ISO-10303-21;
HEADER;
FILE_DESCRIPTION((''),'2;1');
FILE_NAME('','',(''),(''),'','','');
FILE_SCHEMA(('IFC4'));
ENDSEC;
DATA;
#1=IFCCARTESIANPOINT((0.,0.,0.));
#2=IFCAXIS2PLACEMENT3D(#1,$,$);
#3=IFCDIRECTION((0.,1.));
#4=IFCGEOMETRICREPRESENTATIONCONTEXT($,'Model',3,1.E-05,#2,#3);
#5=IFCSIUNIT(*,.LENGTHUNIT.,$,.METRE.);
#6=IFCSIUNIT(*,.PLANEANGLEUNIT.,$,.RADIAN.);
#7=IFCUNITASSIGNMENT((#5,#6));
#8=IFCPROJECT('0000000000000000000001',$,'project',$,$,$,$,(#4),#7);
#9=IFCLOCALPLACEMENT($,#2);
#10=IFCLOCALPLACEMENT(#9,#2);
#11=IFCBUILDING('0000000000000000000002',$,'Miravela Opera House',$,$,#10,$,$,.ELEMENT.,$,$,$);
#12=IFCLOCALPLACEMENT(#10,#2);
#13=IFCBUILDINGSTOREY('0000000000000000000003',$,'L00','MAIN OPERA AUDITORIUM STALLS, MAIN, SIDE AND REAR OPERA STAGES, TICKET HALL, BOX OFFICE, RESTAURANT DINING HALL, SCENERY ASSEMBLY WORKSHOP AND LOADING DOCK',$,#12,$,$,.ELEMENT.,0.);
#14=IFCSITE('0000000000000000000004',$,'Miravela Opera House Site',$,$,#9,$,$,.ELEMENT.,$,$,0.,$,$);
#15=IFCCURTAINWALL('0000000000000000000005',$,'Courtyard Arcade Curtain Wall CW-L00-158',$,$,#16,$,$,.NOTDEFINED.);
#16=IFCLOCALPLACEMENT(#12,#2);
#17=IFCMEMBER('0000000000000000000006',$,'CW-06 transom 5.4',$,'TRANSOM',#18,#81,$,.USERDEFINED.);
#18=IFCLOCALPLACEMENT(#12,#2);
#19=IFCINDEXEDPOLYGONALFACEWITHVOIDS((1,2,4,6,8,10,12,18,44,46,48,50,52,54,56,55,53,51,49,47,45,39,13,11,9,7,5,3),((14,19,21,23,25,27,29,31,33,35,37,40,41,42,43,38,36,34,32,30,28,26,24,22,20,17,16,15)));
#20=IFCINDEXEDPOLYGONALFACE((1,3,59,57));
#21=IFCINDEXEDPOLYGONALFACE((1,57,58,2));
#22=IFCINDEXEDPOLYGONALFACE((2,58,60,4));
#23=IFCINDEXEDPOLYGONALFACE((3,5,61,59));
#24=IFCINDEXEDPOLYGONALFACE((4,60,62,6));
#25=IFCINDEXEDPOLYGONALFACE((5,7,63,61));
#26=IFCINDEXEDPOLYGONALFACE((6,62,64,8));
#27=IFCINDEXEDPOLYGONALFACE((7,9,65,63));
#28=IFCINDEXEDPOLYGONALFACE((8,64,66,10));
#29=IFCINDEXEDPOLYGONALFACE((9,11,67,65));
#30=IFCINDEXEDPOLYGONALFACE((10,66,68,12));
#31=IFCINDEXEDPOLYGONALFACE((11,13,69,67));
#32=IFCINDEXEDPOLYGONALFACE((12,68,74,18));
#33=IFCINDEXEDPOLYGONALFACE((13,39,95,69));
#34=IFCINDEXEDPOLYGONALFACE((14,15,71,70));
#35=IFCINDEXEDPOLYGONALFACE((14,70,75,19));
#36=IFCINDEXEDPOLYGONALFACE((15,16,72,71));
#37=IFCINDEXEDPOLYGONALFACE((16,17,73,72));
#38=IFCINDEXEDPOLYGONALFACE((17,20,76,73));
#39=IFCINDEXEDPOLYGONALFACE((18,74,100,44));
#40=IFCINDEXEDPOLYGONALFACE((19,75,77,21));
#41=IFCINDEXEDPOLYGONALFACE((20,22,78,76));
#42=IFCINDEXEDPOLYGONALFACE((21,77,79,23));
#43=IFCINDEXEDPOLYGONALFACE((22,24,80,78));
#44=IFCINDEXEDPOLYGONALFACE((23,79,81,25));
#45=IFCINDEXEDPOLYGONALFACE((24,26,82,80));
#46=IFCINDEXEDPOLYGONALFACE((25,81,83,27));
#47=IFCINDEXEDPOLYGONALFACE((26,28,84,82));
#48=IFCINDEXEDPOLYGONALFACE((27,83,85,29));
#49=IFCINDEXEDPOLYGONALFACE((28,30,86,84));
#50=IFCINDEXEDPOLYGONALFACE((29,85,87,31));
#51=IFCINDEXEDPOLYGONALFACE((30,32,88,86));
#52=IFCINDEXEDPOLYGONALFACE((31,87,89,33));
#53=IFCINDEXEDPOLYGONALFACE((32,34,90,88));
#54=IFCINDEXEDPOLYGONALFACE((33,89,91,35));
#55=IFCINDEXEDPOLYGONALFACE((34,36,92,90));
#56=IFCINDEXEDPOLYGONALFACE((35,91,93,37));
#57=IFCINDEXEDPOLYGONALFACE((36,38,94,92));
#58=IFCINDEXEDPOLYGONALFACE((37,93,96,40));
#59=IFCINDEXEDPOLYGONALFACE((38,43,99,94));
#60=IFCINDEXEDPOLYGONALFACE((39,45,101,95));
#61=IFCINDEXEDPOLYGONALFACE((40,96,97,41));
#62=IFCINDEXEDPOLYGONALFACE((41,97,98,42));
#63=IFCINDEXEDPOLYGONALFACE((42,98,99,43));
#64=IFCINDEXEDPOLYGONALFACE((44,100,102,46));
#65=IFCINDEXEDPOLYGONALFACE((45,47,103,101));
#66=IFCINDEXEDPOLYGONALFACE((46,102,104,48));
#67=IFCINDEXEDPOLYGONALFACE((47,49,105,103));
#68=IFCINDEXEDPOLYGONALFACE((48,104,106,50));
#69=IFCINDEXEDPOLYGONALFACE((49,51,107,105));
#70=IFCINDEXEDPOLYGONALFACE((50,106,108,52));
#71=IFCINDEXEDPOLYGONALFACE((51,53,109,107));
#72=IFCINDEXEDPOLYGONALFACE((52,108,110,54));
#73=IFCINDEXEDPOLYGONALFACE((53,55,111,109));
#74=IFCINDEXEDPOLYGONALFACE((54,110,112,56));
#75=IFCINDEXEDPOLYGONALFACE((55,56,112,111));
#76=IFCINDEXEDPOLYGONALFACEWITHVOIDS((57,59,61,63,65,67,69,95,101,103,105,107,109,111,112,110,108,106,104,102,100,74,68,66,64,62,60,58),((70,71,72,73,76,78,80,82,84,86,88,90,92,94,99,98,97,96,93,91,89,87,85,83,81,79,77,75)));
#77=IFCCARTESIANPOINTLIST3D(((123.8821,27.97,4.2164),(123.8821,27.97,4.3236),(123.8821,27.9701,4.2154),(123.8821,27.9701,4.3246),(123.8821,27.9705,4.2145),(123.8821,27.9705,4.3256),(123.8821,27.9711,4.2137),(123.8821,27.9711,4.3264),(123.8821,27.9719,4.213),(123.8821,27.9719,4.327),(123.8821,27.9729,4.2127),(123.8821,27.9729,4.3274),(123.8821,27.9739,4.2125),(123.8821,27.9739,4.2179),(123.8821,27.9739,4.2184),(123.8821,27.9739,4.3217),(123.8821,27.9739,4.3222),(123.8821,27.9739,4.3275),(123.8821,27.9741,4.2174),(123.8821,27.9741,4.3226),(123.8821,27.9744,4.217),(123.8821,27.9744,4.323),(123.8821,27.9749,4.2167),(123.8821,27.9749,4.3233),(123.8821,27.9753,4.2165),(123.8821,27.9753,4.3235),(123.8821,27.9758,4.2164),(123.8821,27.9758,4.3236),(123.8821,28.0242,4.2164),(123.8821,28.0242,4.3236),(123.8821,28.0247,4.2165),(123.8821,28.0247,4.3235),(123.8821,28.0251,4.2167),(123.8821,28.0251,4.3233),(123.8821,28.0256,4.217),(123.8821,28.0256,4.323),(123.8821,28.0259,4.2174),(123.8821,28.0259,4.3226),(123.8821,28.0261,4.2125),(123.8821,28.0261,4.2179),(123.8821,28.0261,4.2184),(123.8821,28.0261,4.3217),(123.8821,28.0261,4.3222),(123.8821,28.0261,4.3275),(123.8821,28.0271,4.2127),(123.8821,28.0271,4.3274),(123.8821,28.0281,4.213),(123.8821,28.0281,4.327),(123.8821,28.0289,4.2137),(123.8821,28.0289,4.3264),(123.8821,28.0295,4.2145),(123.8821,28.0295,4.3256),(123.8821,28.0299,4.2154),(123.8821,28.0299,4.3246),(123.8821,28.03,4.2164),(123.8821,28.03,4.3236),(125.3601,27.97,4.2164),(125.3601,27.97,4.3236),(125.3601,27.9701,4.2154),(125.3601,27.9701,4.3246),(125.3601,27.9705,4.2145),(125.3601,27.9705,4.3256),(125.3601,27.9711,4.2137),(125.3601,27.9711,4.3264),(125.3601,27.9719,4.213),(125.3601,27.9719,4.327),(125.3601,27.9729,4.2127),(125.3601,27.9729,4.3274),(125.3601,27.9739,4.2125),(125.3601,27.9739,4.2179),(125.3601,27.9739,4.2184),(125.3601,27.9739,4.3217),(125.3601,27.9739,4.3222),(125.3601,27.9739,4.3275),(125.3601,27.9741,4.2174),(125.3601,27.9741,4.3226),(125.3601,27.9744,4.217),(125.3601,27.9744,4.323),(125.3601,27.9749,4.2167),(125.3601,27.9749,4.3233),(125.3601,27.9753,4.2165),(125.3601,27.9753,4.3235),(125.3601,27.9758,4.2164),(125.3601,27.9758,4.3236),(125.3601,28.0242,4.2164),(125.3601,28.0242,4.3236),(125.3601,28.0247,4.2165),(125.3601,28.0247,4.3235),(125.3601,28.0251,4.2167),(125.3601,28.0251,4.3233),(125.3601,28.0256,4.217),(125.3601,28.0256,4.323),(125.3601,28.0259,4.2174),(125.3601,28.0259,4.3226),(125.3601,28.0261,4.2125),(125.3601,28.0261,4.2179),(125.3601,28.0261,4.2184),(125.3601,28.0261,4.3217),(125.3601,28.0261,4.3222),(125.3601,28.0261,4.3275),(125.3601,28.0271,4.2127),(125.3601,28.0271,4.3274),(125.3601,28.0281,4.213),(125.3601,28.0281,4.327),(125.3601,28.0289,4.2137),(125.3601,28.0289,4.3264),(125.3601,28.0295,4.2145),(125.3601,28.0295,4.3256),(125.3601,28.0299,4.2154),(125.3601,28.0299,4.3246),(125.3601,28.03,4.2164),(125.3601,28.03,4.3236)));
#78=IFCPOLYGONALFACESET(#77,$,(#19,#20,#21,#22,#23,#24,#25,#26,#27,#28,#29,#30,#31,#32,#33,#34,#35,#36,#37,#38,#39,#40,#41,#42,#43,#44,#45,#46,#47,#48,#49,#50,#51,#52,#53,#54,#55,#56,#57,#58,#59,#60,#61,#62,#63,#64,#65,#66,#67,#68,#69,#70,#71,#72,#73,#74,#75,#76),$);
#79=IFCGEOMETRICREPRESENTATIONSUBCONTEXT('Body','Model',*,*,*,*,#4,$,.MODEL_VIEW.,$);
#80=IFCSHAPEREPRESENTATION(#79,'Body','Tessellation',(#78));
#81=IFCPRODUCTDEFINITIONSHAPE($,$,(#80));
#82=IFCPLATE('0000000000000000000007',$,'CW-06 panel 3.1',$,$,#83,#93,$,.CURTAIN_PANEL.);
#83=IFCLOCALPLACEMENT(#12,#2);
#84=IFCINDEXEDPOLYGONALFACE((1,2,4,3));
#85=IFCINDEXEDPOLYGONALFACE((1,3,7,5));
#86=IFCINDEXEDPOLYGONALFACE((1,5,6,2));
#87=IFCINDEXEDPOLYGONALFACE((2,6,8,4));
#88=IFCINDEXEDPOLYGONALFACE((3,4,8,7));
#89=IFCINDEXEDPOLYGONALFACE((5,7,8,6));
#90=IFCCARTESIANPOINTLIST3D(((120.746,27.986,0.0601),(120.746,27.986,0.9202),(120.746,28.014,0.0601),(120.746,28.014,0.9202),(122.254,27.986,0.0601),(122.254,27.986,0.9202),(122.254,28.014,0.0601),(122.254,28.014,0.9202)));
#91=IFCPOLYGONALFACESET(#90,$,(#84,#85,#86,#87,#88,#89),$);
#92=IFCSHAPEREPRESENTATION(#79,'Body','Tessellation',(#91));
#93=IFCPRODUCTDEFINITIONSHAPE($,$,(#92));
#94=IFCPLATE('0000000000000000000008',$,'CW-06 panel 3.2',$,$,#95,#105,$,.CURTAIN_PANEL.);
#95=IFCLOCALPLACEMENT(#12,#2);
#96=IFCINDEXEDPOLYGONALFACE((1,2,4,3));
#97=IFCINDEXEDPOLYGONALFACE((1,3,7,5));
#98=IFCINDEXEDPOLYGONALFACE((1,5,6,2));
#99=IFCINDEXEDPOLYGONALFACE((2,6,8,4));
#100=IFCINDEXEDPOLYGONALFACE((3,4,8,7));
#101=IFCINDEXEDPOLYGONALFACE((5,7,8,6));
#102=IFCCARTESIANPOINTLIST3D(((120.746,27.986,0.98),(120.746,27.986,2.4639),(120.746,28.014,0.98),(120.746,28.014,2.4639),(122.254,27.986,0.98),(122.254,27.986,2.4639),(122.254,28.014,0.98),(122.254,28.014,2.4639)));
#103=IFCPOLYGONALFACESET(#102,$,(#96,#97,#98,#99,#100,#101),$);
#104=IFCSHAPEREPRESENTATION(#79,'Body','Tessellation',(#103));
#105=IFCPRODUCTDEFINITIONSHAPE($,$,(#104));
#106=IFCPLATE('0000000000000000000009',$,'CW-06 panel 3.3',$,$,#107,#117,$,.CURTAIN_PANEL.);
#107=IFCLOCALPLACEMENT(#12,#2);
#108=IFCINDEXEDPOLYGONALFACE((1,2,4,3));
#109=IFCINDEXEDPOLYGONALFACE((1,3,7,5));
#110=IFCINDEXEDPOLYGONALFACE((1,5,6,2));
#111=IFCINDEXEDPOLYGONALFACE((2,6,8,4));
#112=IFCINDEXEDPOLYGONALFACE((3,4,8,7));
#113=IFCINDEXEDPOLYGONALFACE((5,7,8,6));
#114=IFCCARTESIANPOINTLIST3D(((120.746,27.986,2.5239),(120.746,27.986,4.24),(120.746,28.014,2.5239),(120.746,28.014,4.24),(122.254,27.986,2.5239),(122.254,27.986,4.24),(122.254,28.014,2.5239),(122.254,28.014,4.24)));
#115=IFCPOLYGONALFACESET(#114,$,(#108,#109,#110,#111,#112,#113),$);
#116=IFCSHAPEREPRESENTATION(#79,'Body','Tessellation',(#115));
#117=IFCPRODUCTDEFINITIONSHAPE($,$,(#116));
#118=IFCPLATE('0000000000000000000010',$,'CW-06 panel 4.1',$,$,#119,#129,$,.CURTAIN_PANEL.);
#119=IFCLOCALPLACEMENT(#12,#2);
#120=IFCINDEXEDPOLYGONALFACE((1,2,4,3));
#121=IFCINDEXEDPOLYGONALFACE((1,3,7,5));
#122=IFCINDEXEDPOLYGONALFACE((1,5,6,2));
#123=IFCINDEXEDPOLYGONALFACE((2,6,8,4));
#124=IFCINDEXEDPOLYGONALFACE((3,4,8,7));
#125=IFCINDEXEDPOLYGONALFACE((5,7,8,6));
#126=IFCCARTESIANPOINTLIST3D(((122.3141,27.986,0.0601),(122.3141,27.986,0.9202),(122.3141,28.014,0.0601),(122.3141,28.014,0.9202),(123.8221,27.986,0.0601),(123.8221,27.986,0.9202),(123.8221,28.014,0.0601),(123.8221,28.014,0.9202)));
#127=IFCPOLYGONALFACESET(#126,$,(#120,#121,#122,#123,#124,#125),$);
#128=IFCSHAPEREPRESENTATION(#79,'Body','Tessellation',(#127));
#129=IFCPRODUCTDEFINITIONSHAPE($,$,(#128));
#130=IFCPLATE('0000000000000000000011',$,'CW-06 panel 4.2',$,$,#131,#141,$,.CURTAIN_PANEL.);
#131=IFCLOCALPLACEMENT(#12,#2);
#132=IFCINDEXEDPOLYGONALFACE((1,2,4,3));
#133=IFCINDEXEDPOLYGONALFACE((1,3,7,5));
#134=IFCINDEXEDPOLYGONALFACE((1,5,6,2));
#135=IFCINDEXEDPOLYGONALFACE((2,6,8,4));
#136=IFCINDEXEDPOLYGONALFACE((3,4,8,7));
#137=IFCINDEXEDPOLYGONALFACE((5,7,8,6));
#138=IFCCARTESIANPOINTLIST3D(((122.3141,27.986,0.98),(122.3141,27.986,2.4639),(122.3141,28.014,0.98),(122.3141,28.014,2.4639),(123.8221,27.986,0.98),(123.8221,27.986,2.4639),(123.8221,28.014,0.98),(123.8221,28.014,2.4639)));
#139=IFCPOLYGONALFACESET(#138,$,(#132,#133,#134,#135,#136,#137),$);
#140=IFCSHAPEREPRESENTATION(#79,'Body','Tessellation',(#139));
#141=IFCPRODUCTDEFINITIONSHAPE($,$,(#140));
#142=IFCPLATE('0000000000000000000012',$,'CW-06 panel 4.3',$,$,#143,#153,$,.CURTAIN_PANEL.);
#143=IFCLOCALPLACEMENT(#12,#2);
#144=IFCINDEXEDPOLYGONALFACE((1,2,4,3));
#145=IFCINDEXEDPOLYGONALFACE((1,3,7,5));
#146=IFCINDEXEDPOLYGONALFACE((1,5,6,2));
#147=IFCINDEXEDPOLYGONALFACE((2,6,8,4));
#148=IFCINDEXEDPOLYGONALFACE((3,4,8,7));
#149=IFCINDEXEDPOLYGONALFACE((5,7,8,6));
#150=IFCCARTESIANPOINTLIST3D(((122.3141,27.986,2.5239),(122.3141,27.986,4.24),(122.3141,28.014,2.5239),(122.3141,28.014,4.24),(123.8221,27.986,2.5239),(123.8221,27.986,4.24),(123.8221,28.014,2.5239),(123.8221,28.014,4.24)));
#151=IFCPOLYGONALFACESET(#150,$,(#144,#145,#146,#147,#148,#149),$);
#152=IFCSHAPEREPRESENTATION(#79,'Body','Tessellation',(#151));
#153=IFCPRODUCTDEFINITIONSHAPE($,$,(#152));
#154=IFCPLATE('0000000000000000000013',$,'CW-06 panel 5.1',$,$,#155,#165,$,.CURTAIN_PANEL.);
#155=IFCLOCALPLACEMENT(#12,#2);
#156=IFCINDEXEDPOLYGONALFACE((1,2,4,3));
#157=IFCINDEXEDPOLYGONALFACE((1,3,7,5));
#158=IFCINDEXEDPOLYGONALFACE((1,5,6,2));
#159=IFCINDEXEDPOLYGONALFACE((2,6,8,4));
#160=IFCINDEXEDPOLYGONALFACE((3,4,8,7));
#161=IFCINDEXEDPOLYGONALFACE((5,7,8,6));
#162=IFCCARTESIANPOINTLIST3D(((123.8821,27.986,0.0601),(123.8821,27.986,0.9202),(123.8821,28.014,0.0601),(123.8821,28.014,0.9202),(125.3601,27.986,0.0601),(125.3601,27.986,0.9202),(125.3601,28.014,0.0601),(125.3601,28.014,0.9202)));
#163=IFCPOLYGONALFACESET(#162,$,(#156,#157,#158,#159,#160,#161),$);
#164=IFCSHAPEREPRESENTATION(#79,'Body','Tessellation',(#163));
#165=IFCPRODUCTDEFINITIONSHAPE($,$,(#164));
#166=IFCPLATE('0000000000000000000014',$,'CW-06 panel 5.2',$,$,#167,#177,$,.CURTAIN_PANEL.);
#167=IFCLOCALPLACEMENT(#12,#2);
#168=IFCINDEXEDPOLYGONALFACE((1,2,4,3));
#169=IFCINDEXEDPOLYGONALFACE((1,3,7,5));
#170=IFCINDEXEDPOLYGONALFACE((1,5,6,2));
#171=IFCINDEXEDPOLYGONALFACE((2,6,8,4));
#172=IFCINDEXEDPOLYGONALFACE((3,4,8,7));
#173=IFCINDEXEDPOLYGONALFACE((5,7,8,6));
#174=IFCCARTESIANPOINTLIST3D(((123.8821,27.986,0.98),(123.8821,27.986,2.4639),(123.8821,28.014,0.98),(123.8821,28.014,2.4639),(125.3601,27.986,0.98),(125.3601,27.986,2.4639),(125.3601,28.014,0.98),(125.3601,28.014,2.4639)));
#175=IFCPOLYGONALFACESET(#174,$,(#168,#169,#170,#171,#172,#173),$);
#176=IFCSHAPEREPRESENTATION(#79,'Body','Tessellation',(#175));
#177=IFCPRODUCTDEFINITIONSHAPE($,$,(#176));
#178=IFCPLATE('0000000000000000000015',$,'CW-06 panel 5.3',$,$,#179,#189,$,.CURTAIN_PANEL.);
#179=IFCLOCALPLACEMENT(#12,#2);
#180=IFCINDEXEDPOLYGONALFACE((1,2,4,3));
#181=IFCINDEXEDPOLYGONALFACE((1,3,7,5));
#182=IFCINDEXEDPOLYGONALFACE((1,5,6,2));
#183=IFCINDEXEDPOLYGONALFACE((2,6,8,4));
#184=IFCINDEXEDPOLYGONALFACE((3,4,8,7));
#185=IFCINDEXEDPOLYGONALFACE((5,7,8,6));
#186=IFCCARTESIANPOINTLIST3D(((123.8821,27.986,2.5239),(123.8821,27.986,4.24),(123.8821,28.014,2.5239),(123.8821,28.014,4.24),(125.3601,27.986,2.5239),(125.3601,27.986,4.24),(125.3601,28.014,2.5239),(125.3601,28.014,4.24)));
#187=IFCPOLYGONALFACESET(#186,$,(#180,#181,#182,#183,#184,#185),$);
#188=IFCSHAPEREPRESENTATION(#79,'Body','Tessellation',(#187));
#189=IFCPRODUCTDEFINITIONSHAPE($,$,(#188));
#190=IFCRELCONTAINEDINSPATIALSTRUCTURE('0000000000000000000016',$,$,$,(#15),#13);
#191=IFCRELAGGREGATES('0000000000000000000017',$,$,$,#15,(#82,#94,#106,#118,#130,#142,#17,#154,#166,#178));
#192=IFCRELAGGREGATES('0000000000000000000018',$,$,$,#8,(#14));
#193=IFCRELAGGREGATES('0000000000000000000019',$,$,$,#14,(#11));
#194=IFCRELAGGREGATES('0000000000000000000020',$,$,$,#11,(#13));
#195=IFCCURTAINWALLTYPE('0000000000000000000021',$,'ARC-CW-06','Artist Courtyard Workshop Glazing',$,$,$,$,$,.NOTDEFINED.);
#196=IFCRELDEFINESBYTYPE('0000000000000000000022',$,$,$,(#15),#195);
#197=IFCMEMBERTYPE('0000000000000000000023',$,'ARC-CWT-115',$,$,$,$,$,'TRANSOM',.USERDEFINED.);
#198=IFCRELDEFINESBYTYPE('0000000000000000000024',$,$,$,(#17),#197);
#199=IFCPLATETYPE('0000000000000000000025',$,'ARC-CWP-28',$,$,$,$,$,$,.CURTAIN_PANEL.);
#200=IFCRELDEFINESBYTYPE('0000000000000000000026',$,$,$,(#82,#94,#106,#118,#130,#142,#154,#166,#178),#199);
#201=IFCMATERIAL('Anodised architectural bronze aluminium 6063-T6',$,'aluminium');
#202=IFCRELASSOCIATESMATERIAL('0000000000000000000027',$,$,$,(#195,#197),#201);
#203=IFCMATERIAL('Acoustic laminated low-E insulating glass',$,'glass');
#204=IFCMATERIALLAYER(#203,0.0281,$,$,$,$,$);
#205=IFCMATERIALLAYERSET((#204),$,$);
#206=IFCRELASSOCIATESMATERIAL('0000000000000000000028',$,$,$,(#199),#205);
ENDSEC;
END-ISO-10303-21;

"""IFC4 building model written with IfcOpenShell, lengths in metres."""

from ifc_helpers import new_model, si_unit, direction, frame, origin, origin_2d, place, context, subcontext, project, spatial, rectangle, hollow_rectangle, extrude, material, layer, layer_set, material_profile, profile_set, type_object, element, aggregate, save


model = new_model("IFC4")

# Units and contexts
model_context = context("Model", 3, precision=1e-05, world=origin(), true_north=direction((0.0, 1.0)))
body_context = subcontext(model_context, "Body", "Model", "MODEL_VIEW")
ifc_project = project(units=[si_unit("LENGTHUNIT", "METRE"), si_unit("PLANEANGLEUNIT", "RADIAN")], contexts=[model_context])

# Site, building, storey
site_placement = place(None, origin())
site = spatial("IfcSite", under=ifc_project, at=site_placement, Name="Miravela Opera House Site", CompositionType="ELEMENT", RefElevation=0.0)
building_placement = place(site_placement, origin())
building = spatial("IfcBuilding", under=site, at=building_placement, Name="Miravela Opera House", CompositionType="ELEMENT")
storey_placement = place(building_placement, origin())
storey = spatial("IfcBuildingStorey", under=building, at=storey_placement, Name="L00", Description="MAIN OPERA AUDITORIUM STALLS, MAIN, SIDE AND REAR OPERA STAGES, TICKET HALL, BOX OFFICE, RESTAURANT DINING HALL, SCENERY ASSEMBLY WORKSHOP AND LOADING DOCK", CompositionType="ELEMENT", Elevation=0.0)

# Curtain wall, member, plates
ifc_material_1 = material(Name="Anodised architectural bronze aluminium 6063-T6", Category="aluminium")
curtain_wall_type = type_object("IfcCurtainWallType", Name="ARC-CW-06", Description="Artist Courtyard Workshop Glazing", PredefinedType="NOTDEFINED", material=ifc_material_1)
curtain_wall_placement = place(storey_placement, origin())
curtain_wall = element("IfcCurtainWall", 1, at=curtain_wall_placement, inside=storey, type_object=curtain_wall_type, Name="Courtyard Arcade Curtain Wall CW-L00-158", PredefinedType="NOTDEFINED")
ifc_material_profile_1 = material_profile(ifc_material_1, hollow_rectangle(XDim=0.0601, YDim=0.115, WallThickness=0.0039, InnerFilletRadius=0.002, OuterFilletRadius=0.0039, at=origin_2d()), Name="CWT-60X115")
ifc_profile_set_1 = profile_set([ifc_material_profile_1])
member_type_1 = type_object("IfcMemberType", Name="ARC-CWT-115", ElementType="TRANSOM", PredefinedType="USERDEFINED", material=ifc_profile_set_1)
member_1_placement = place(storey_placement, frame((123.8821, 28.0, 4.27), z_axis=(1.0, 0.0, 0.0), x_axis=(0.0, 1.0, 0.0)))
member_1 = element("IfcMember", 2, at=member_1_placement, type_object=member_type_1, Name="CW-06 transom 5.4", ObjectType="TRANSOM", PredefinedType="USERDEFINED", context=body_context, shape_type="SweptSolid", body=[
    extrude(hollow_rectangle(XDim=0.0601, YDim=0.115, WallThickness=0.0039, InnerFilletRadius=0.002, OuterFilletRadius=0.0039, at=origin_2d()), origin(), (0.0, 0.0, 1.0), 1.478),
])
ifc_material_2 = material(Name="Acoustic laminated low-E insulating glass", Category="glass")
ifc_layer = layer(ifc_material_2, 0.0281)
ifc_layer_set = layer_set([ifc_layer])
plate_type = type_object("IfcPlateType", Name="ARC-CWP-28", PredefinedType="CURTAIN_PANEL", material=ifc_layer_set)
plate_1_placement = place(storey_placement, frame((121.5, 28.0, 0.0601), z_axis=(0.0, 0.0, 1.0), x_axis=(1.0, 0.0, 0.0)))
plate_1 = element("IfcPlate", 3, at=plate_1_placement, type_object=plate_type, Name="CW-06 panel 3.1", PredefinedType="CURTAIN_PANEL", context=body_context, shape_type="SweptSolid", body=[
    extrude(rectangle(XDim=1.5081, YDim=0.0281, at=origin_2d()), origin(), (0.0, 0.0, 1.0), 0.8601),
])
plate_2_placement = place(storey_placement, frame((121.5, 28.0, 0.98), z_axis=(0.0, 0.0, 1.0), x_axis=(1.0, 0.0, 0.0)))
plate_2 = element("IfcPlate", 4, at=plate_2_placement, type_object=plate_type, Name="CW-06 panel 3.2", PredefinedType="CURTAIN_PANEL", context=body_context, shape_type="SweptSolid", body=[
    extrude(rectangle(XDim=1.5081, YDim=0.0281, at=origin_2d()), origin(), (0.0, 0.0, 1.0), 1.4839),
])
plate_3_placement = place(storey_placement, frame((121.5, 28.0, 2.5239), z_axis=(0.0, 0.0, 1.0), x_axis=(1.0, 0.0, 0.0)))
plate_3 = element("IfcPlate", 5, at=plate_3_placement, type_object=plate_type, Name="CW-06 panel 3.3", PredefinedType="CURTAIN_PANEL", context=body_context, shape_type="SweptSolid", body=[
    extrude(rectangle(XDim=1.5081, YDim=0.0281, at=origin_2d()), origin(), (0.0, 0.0, 1.0), 1.7161),
])
plate_4_placement = place(storey_placement, frame((123.0681, 28.0, 0.0601), z_axis=(0.0, 0.0, 1.0), x_axis=(1.0, 0.0, 0.0)))
plate_4 = element("IfcPlate", 6, at=plate_4_placement, type_object=plate_type, Name="CW-06 panel 4.1", PredefinedType="CURTAIN_PANEL", context=body_context, shape_type="SweptSolid", body=[
    extrude(rectangle(XDim=1.5081, YDim=0.0281, at=origin_2d()), origin(), (0.0, 0.0, 1.0), 0.8601),
])
plate_5_placement = place(storey_placement, frame((123.0681, 28.0, 0.98), z_axis=(0.0, 0.0, 1.0), x_axis=(1.0, 0.0, 0.0)))
plate_5 = element("IfcPlate", 7, at=plate_5_placement, type_object=plate_type, Name="CW-06 panel 4.2", PredefinedType="CURTAIN_PANEL", context=body_context, shape_type="SweptSolid", body=[
    extrude(rectangle(XDim=1.5081, YDim=0.0281, at=origin_2d()), origin(), (0.0, 0.0, 1.0), 1.4839),
])
plate_6_placement = place(storey_placement, frame((123.0681, 28.0, 2.5239), z_axis=(0.0, 0.0, 1.0), x_axis=(1.0, 0.0, 0.0)))
plate_6 = element("IfcPlate", 8, at=plate_6_placement, type_object=plate_type, Name="CW-06 panel 4.3", PredefinedType="CURTAIN_PANEL", context=body_context, shape_type="SweptSolid", body=[
    extrude(rectangle(XDim=1.5081, YDim=0.0281, at=origin_2d()), origin(), (0.0, 0.0, 1.0), 1.7161),
])
plate_7_placement = place(storey_placement, frame((124.6211, 28.0, 0.0601), z_axis=(0.0, 0.0, 1.0), x_axis=(1.0, 0.0, 0.0)))
plate_7 = element("IfcPlate", 9, at=plate_7_placement, type_object=plate_type, Name="CW-06 panel 5.1", PredefinedType="CURTAIN_PANEL", context=body_context, shape_type="SweptSolid", body=[
    extrude(rectangle(XDim=1.478, YDim=0.0281, at=origin_2d()), origin(), (0.0, 0.0, 1.0), 0.8601),
])
plate_8_placement = place(storey_placement, frame((124.6211, 28.0, 0.98), z_axis=(0.0, 0.0, 1.0), x_axis=(1.0, 0.0, 0.0)))
plate_8 = element("IfcPlate", 10, at=plate_8_placement, type_object=plate_type, Name="CW-06 panel 5.2", PredefinedType="CURTAIN_PANEL", context=body_context, shape_type="SweptSolid", body=[
    extrude(rectangle(XDim=1.478, YDim=0.0281, at=origin_2d()), origin(), (0.0, 0.0, 1.0), 1.4839),
])
plate_9_placement = place(storey_placement, frame((124.6211, 28.0, 2.5239), z_axis=(0.0, 0.0, 1.0), x_axis=(1.0, 0.0, 0.0)))
plate_9 = element("IfcPlate", 11, at=plate_9_placement, type_object=plate_type, Name="CW-06 panel 5.3", PredefinedType="CURTAIN_PANEL", context=body_context, shape_type="SweptSolid", body=[
    extrude(rectangle(XDim=1.478, YDim=0.0281, at=origin_2d()), origin(), (0.0, 0.0, 1.0), 1.7161),
])
aggregate(curtain_wall, [plate_1, plate_2, plate_3, plate_4, plate_5, plate_6, member_1, plate_7, plate_8, plate_9])

save(model, "model.ifc")
